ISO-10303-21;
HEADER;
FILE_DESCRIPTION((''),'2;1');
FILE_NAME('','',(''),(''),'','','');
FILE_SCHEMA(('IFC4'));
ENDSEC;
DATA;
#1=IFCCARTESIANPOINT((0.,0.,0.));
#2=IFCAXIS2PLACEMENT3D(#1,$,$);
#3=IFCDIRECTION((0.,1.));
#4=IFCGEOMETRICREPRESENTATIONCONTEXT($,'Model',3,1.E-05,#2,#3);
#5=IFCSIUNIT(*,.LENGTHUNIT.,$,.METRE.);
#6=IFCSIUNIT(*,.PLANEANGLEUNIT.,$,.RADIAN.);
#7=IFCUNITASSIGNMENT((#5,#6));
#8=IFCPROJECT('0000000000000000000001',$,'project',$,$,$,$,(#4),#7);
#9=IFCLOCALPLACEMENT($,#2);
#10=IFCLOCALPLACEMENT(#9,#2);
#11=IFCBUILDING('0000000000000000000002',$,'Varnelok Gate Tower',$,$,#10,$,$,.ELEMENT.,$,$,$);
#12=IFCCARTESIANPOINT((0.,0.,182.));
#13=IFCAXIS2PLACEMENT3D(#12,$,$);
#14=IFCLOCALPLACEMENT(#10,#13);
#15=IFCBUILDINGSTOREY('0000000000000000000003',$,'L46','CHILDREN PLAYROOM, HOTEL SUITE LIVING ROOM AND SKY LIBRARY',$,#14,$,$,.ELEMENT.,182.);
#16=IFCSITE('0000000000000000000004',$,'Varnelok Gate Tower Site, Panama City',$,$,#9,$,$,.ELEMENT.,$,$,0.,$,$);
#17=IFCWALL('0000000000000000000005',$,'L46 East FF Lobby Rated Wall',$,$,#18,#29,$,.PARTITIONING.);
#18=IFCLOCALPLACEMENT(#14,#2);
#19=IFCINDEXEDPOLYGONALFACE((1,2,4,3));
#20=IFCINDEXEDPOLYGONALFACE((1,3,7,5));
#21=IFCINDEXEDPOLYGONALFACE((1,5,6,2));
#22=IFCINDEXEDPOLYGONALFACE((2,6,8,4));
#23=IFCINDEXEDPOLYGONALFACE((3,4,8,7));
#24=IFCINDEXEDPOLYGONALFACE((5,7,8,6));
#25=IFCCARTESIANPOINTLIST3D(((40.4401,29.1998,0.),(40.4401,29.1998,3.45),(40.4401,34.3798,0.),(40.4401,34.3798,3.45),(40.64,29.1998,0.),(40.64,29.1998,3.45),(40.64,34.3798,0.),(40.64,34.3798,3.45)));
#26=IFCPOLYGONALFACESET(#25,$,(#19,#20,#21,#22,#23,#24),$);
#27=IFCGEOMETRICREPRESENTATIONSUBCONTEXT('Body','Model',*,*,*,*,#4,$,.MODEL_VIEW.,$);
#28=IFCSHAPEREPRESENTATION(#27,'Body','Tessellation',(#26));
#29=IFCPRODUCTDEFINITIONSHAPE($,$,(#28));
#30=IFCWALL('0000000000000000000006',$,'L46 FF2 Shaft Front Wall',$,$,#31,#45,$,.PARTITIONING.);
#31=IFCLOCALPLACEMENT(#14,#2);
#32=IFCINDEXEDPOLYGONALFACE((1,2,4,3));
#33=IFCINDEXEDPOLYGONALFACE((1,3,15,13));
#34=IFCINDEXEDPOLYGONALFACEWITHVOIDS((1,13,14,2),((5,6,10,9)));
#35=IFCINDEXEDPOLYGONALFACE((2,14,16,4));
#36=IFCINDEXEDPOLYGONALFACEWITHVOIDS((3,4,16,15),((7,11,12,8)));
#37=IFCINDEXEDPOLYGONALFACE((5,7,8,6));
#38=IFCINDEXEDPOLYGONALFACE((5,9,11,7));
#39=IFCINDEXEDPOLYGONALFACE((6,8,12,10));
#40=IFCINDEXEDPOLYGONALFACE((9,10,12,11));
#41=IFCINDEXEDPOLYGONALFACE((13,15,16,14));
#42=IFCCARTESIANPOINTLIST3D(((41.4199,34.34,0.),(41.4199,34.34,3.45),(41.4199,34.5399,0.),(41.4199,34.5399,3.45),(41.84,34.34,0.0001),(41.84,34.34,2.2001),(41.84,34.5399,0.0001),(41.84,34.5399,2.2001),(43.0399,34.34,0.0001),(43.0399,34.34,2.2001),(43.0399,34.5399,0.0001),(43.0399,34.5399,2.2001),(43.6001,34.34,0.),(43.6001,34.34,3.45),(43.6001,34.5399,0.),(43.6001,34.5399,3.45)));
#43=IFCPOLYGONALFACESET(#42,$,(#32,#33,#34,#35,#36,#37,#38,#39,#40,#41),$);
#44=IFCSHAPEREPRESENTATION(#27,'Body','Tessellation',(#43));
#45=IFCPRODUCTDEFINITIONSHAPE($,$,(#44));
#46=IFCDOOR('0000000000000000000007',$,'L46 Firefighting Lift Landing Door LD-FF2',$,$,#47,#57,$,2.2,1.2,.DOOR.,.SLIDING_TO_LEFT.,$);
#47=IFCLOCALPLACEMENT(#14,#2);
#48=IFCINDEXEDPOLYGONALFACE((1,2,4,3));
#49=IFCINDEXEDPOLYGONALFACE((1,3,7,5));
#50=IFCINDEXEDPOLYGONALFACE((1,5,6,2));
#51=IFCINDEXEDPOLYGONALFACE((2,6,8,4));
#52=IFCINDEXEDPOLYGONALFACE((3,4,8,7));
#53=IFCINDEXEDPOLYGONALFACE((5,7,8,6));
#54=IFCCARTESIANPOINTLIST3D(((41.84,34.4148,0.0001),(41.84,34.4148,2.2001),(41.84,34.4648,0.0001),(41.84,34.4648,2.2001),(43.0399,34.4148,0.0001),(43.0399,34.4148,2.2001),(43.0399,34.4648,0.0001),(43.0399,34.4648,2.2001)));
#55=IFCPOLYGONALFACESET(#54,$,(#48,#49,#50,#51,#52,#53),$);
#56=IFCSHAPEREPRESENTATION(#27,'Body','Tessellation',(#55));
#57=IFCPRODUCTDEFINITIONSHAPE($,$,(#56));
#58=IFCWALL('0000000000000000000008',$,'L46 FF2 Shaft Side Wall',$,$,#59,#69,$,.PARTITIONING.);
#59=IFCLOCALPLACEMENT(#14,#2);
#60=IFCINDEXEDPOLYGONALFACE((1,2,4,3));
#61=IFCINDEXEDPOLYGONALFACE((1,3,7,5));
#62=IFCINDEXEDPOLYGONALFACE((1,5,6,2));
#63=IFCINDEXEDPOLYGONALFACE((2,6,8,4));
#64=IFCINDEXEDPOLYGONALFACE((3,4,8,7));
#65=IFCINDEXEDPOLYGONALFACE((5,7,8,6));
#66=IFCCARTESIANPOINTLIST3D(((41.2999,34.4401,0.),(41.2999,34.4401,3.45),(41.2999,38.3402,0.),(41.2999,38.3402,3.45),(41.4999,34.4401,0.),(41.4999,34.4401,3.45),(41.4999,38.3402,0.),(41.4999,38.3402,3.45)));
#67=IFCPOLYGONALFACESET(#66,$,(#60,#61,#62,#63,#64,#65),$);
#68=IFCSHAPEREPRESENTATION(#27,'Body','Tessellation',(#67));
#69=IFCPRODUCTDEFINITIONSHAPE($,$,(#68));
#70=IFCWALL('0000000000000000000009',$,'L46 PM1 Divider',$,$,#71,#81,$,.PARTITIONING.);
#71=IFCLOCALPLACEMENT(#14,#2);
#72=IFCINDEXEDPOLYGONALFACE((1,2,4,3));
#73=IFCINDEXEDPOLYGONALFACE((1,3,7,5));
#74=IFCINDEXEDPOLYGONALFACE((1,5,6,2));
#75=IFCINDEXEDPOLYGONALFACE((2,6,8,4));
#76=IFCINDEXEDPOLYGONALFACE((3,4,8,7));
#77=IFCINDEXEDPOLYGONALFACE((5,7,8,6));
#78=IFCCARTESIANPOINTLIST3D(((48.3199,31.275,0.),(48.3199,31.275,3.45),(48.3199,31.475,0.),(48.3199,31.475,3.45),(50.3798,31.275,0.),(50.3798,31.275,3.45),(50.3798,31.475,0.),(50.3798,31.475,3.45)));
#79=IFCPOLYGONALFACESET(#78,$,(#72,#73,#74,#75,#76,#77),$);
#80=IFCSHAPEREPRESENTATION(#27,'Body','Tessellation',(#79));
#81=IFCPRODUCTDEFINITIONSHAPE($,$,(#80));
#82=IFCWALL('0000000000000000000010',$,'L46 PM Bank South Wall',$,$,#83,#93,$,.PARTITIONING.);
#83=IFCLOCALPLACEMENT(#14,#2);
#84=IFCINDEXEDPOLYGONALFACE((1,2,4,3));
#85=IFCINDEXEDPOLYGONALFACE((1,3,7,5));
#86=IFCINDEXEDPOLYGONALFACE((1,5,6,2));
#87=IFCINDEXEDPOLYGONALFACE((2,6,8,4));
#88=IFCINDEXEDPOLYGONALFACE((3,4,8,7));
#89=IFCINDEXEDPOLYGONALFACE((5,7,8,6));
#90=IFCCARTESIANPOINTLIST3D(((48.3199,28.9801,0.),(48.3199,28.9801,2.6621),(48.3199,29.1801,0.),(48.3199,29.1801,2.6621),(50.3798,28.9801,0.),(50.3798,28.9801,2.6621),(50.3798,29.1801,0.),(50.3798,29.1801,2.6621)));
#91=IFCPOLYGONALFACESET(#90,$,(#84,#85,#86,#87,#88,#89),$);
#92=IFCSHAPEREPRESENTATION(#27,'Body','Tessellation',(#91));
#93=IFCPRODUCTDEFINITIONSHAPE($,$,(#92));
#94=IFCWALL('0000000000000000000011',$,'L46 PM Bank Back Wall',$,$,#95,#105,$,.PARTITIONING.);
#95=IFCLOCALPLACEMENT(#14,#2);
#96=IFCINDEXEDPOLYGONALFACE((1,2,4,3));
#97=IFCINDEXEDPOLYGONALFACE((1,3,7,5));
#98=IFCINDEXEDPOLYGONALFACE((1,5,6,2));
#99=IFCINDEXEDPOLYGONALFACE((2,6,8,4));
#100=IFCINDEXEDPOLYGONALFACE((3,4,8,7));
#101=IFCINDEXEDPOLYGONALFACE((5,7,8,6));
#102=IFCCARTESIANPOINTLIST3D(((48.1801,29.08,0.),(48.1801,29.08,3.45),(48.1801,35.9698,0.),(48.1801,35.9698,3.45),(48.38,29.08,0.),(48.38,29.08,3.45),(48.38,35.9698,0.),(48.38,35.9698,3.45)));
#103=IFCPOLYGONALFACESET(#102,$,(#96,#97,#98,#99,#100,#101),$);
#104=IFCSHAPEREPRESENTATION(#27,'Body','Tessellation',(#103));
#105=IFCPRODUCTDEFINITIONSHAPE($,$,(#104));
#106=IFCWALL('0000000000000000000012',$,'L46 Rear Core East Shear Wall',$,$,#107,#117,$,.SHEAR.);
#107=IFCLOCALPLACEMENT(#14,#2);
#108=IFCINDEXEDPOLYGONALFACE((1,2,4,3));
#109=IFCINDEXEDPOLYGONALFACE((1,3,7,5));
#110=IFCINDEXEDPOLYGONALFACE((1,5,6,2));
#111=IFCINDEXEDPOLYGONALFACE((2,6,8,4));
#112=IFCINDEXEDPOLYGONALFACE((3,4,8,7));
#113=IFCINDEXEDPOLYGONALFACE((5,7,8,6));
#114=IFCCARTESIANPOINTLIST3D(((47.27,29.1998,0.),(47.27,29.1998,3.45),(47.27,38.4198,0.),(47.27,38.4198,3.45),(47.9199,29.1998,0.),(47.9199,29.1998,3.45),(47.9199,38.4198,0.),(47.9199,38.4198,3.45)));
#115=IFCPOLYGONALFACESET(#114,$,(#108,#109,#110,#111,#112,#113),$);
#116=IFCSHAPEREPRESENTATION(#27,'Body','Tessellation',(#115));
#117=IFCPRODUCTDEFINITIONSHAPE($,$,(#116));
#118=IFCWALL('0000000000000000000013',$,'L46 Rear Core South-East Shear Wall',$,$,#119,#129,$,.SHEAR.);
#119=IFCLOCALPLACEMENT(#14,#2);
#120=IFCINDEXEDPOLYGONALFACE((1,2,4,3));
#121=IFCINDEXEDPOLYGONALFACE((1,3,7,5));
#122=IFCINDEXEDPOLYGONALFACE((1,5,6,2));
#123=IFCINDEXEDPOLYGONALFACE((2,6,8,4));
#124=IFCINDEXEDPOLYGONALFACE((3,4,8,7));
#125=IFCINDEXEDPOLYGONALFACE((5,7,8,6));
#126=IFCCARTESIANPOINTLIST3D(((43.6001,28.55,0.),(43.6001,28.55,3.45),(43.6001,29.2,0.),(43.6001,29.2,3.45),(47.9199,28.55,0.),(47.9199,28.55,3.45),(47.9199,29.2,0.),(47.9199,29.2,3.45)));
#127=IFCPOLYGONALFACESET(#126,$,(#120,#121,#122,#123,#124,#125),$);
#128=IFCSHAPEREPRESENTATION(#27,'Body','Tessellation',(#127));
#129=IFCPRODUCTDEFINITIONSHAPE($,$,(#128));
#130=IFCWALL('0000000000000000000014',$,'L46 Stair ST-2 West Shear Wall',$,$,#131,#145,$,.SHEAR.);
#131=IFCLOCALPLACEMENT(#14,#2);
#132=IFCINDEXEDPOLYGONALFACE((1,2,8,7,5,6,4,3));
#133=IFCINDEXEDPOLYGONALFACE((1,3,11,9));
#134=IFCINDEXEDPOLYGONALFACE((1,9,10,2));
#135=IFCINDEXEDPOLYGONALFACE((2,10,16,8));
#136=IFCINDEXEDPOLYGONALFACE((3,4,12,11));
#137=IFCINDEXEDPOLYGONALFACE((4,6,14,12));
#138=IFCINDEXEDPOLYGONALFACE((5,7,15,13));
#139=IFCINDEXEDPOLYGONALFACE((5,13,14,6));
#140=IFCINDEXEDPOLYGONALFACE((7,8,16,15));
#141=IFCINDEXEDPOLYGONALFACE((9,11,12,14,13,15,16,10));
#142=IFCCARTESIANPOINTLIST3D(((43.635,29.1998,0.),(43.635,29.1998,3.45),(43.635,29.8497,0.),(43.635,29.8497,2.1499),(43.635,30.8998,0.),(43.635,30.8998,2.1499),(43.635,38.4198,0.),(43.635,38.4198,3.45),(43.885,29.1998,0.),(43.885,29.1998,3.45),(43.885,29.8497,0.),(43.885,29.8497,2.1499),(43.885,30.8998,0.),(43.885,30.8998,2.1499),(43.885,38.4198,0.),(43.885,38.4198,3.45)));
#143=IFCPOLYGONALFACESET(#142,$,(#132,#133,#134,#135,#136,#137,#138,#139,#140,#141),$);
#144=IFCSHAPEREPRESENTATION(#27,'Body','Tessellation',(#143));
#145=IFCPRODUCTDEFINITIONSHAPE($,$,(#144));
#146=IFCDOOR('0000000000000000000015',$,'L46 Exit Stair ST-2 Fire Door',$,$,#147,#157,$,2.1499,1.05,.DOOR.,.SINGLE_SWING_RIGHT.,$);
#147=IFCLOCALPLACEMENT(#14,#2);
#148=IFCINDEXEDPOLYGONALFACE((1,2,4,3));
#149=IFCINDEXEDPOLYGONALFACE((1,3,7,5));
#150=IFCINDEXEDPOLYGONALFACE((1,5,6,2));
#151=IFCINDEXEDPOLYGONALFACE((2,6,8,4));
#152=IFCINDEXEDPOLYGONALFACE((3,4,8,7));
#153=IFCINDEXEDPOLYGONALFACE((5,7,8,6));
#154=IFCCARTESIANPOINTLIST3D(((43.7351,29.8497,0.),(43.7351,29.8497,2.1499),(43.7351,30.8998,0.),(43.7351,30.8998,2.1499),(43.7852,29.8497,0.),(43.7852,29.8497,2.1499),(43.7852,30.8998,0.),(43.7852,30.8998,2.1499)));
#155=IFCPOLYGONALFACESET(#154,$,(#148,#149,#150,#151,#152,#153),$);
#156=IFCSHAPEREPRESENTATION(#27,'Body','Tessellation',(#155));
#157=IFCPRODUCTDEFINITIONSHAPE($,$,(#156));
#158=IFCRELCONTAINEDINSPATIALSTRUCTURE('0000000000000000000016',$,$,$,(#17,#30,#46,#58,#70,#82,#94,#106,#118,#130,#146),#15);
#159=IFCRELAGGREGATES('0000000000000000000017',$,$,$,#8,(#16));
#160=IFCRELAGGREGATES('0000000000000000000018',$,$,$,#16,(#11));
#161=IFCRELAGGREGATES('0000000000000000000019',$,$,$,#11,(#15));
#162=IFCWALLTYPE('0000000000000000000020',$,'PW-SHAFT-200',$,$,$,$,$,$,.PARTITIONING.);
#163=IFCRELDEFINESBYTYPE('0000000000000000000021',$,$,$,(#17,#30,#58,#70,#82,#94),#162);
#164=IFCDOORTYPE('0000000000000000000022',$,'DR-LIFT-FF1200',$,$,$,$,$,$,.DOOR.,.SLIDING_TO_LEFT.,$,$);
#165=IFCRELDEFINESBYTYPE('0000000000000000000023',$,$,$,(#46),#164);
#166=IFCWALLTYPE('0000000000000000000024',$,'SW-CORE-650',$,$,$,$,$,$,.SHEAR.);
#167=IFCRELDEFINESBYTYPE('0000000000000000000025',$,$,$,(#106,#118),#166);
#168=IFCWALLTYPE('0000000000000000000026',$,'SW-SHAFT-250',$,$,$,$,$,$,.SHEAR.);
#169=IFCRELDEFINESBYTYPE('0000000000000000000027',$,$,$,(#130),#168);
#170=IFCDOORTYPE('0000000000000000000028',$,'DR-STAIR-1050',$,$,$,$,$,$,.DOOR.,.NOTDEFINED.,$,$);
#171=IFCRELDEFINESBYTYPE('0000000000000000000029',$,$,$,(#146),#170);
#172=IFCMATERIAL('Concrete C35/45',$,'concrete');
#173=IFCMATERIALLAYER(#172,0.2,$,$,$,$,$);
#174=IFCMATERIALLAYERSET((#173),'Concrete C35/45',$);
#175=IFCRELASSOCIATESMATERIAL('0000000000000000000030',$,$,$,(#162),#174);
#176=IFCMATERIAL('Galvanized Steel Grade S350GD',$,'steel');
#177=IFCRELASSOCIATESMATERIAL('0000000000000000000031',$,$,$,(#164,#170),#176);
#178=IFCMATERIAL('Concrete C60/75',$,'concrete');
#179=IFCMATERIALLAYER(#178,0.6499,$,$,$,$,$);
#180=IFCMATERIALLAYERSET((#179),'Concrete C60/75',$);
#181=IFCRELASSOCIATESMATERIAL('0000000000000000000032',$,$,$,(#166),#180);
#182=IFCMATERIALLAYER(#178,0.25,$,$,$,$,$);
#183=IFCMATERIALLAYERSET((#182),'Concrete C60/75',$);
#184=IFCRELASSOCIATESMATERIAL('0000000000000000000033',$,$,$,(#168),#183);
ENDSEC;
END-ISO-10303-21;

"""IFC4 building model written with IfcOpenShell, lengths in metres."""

from ifc_helpers import new_model, si_unit, direction, frame, frame_2d, origin, place, context, subcontext, project, spatial, rectangle, extrude, material, layer, layer_set, type_object, element, fill, save


model = new_model("IFC4")

# Units and contexts
model_context = context("Model", 3, precision=1e-05, world=origin(), true_north=direction((0.0, 1.0)))
body_context = subcontext(model_context, "Body", "Model", "MODEL_VIEW")
ifc_project = project(units=[si_unit("LENGTHUNIT", "METRE"), si_unit("PLANEANGLEUNIT", "RADIAN")], contexts=[model_context])

# Site, building, storey
site_placement = place(None, origin())
site = spatial("IfcSite", under=ifc_project, at=site_placement, Name="Varnelok Gate Tower Site, Panama City", CompositionType="ELEMENT", RefElevation=0.0)
building_placement = place(site_placement, origin())
building = spatial("IfcBuilding", under=site, at=building_placement, Name="Varnelok Gate Tower", CompositionType="ELEMENT")
storey_placement = place(building_placement, frame((0.0, 0.0, 182.0)))
storey = spatial("IfcBuildingStorey", under=building, at=storey_placement, Name="L46", Description="CHILDREN PLAYROOM, HOTEL SUITE LIVING ROOM AND SKY LIBRARY", CompositionType="ELEMENT", Elevation=182.0)

# Shared definitions
ifc_material_1 = material(Name="Concrete C60/75", Category="concrete")

# Shared definitions
ifc_material_2 = material(Name="Galvanized Steel Grade S350GD", Category="steel")

# Wall
ifc_material_3 = material(Name="Concrete C35/45", Category="concrete")
ifc_layer_1 = layer(ifc_material_3, 0.2)
ifc_layer_set_1 = layer_set([ifc_layer_1], Name="Concrete C35/45")
wall_type_1 = type_object("IfcWallType", Name="PW-SHAFT-200", PredefinedType="PARTITIONING", material=ifc_layer_set_1)
wall_1_placement = place(storey_placement, frame((40.54, 29.2, 0.0), z_axis=(0.0, 0.0, 1.0), x_axis=(0.0, 1.0, 0.0)))
element("IfcWall", 1, at=wall_1_placement, inside=storey, type_object=wall_type_1, Name="L46 East FF Lobby Rated Wall", PredefinedType="PARTITIONING", context=body_context, shape_type="SweptSolid", body=[
    extrude(rectangle(XDim=5.1799, YDim=0.2, at=frame_2d((2.5898, 0.0))), origin(), (0.0, 0.0, 1.0), 3.45),
])

# Wall, opening, door
wall_2_placement = place(storey_placement, frame((41.4199, 34.4399, 0.0), z_axis=(0.0, 0.0, 1.0), x_axis=(1.0, 0.0, 0.0)))
wall_2 = element("IfcWall", 2, at=wall_2_placement, inside=storey, type_object=wall_type_1, Name="L46 FF2 Shaft Front Wall", PredefinedType="PARTITIONING", context=body_context, shape_type="SweptSolid", body=[
    extrude(rectangle(XDim=2.1802, YDim=0.2, at=frame_2d((1.0901, 0.0))), origin(), (0.0, 0.0, 1.0), 3.45),
])
opening_1_placement = place(wall_2_placement, frame((0.4199, 0.0, 0.0)))
opening_1 = element("IfcOpeningElement", 3, at=opening_1_placement, cuts=wall_2, PredefinedType="OPENING", context=body_context, shape_type="SweptSolid", body=[
    extrude(rectangle(XDim=1.2, YDim=2.2, at=frame_2d((0.6001, 1.1001))), frame((0.0, 0.1099, 0.0), z_axis=(0.0, -1.0, 0.0), x_axis=(1.0, 0.0, 0.0)), (0.0, 0.0, 1.0), 0.22),
])
door_type_1 = type_object("IfcDoorType", Name="DR-LIFT-FF1200", OperationType="SLIDING_TO_LEFT", PredefinedType="DOOR", material=ifc_material_2)
door_1_placement = place(opening_1_placement, origin())
door_1 = element("IfcDoor", 4, at=door_1_placement, inside=storey, type_object=door_type_1, Name="L46 Firefighting Lift Landing Door LD-FF2", OperationType="SLIDING_TO_LEFT", OverallHeight=2.2, OverallWidth=1.2, PredefinedType="DOOR", context=body_context, shape_type="SweptSolid", body=[
    extrude(rectangle(XDim=1.2, YDim=2.2, at=frame_2d((0.6001, 1.1001))), frame((0.0, 0.0249, 0.0), z_axis=(0.0, -1.0, 0.0), x_axis=(1.0, 0.0, 0.0)), (0.0, 0.0, 1.0), 0.05),
])
fill(opening_1, door_1)

# Walls
wall_3_placement = place(storey_placement, frame((41.3999, 34.4399, 0.0), z_axis=(0.0, 0.0, 1.0), x_axis=(0.0, 1.0, 0.0)))
element("IfcWall", 5, at=wall_3_placement, inside=storey, type_object=wall_type_1, Name="L46 FF2 Shaft Side Wall", PredefinedType="PARTITIONING", context=body_context, shape_type="SweptSolid", body=[
    extrude(rectangle(XDim=3.9001, YDim=0.2, at=frame_2d((1.9502, 0.0))), origin(), (0.0, 0.0, 1.0), 3.45),
])
wall_4_placement = place(storey_placement, frame((48.3201, 31.375, 0.0), z_axis=(0.0, 0.0, 1.0), x_axis=(1.0, 0.0, 0.0)))
element("IfcWall", 6, at=wall_4_placement, inside=storey, type_object=wall_type_1, Name="L46 PM1 Divider", PredefinedType="PARTITIONING", context=body_context, shape_type="SweptSolid", body=[
    extrude(rectangle(XDim=2.0598, YDim=0.2, at=frame_2d((1.0298, 0.0))), origin(), (0.0, 0.0, 1.0), 3.45),
])
wall_5_placement = place(storey_placement, frame((48.3201, 29.0801, 0.0), z_axis=(0.0, 0.0, 1.0), x_axis=(1.0, 0.0, 0.0)))
element("IfcWall", 7, at=wall_5_placement, inside=storey, type_object=wall_type_1, Name="L46 PM Bank South Wall", PredefinedType="PARTITIONING", context=body_context, shape_type="SweptSolid", body=[
    extrude(rectangle(XDim=2.0598, YDim=0.2, at=frame_2d((1.0298, 0.0))), origin(), (0.0, 0.0, 1.0), 2.6621),
])
wall_6_placement = place(storey_placement, frame((48.28, 29.0801, 0.0), z_axis=(0.0, 0.0, 1.0), x_axis=(0.0, 1.0, 0.0)))
element("IfcWall", 8, at=wall_6_placement, inside=storey, type_object=wall_type_1, Name="L46 PM Bank Back Wall", PredefinedType="PARTITIONING", context=body_context, shape_type="SweptSolid", body=[
    extrude(rectangle(XDim=6.8899, YDim=0.2, at=frame_2d((3.4448, 0.0))), origin(), (0.0, 0.0, 1.0), 3.45),
])
ifc_layer_2 = layer(ifc_material_1, 0.6499)
ifc_layer_set_2 = layer_set([ifc_layer_2], Name="Concrete C60/75")
wall_type_2 = type_object("IfcWallType", Name="SW-CORE-650", PredefinedType="SHEAR", material=ifc_layer_set_2)
wall_7_placement = place(storey_placement, frame((47.595, 29.2, 0.0), z_axis=(0.0, 0.0, 1.0), x_axis=(0.0, 1.0, 0.0)))
element("IfcWall", 9, at=wall_7_placement, inside=storey, type_object=wall_type_2, Name="L46 Rear Core East Shear Wall", PredefinedType="SHEAR", context=body_context, shape_type="SweptSolid", body=[
    extrude(rectangle(XDim=9.22, YDim=0.6499, at=frame_2d((4.6099, 0.0))), origin(), (0.0, 0.0, 1.0), 3.45),
])
wall_8_placement = place(storey_placement, frame((43.6001, 28.875, 0.0), z_axis=(0.0, 0.0, 1.0), x_axis=(1.0, 0.0, 0.0)))
element("IfcWall", 10, at=wall_8_placement, inside=storey, type_object=wall_type_2, Name="L46 Rear Core South-East Shear Wall", PredefinedType="SHEAR", context=body_context, shape_type="SweptSolid", body=[
    extrude(rectangle(XDim=4.3198, YDim=0.6499, at=frame_2d((2.1599, 0.0))), origin(), (0.0, 0.0, 1.0), 3.45),
])

# Wall, opening, door
ifc_layer_3 = layer(ifc_material_1, 0.25)
ifc_layer_set_3 = layer_set([ifc_layer_3], Name="Concrete C60/75")
wall_type_3 = type_object("IfcWallType", Name="SW-SHAFT-250", PredefinedType="SHEAR", material=ifc_layer_set_3)
wall_9_placement = place(storey_placement, frame((43.76, 29.2, 0.0), z_axis=(0.0, 0.0, 1.0), x_axis=(0.0, 1.0, 0.0)))
wall_9 = element("IfcWall", 11, at=wall_9_placement, inside=storey, type_object=wall_type_3, Name="L46 Stair ST-2 West Shear Wall", PredefinedType="SHEAR", context=body_context, shape_type="SweptSolid", body=[
    extrude(rectangle(XDim=9.22, YDim=0.25, at=frame_2d((4.6099, 0.0))), origin(), (0.0, 0.0, 1.0), 3.45),
])
opening_2_placement = place(wall_9_placement, frame((0.6499, 0.0, 0.0)))
opening_2 = element("IfcOpeningElement", 12, at=opening_2_placement, cuts=wall_9, PredefinedType="OPENING", context=body_context, shape_type="SweptSolid", body=[
    extrude(rectangle(XDim=1.05, YDim=2.1499, at=frame_2d((0.5249, 1.075))), frame((0.0, 0.135, 0.0), z_axis=(0.0, -1.0, 0.0), x_axis=(1.0, 0.0, 0.0)), (0.0, 0.0, 1.0), 0.27),
])
door_type_2 = type_object("IfcDoorType", Name="DR-STAIR-1050", OperationType="NOTDEFINED", PredefinedType="DOOR", material=ifc_material_2)
door_2_placement = place(opening_2_placement, origin())
door_2 = element("IfcDoor", 13, at=door_2_placement, inside=storey, type_object=door_type_2, Name="L46 Exit Stair ST-2 Fire Door", OperationType="SINGLE_SWING_RIGHT", OverallHeight=2.1499, OverallWidth=1.05, PredefinedType="DOOR", context=body_context, shape_type="SweptSolid", body=[
    extrude(rectangle(XDim=1.05, YDim=2.1499, at=frame_2d((0.5249, 1.075))), frame((0.0, 0.0249, 0.0), z_axis=(0.0, -1.0, 0.0), x_axis=(1.0, 0.0, 0.0)), (0.0, 0.0, 1.0), 0.05),
])
fill(opening_2, door_2)

save(model, "model.ifc")
